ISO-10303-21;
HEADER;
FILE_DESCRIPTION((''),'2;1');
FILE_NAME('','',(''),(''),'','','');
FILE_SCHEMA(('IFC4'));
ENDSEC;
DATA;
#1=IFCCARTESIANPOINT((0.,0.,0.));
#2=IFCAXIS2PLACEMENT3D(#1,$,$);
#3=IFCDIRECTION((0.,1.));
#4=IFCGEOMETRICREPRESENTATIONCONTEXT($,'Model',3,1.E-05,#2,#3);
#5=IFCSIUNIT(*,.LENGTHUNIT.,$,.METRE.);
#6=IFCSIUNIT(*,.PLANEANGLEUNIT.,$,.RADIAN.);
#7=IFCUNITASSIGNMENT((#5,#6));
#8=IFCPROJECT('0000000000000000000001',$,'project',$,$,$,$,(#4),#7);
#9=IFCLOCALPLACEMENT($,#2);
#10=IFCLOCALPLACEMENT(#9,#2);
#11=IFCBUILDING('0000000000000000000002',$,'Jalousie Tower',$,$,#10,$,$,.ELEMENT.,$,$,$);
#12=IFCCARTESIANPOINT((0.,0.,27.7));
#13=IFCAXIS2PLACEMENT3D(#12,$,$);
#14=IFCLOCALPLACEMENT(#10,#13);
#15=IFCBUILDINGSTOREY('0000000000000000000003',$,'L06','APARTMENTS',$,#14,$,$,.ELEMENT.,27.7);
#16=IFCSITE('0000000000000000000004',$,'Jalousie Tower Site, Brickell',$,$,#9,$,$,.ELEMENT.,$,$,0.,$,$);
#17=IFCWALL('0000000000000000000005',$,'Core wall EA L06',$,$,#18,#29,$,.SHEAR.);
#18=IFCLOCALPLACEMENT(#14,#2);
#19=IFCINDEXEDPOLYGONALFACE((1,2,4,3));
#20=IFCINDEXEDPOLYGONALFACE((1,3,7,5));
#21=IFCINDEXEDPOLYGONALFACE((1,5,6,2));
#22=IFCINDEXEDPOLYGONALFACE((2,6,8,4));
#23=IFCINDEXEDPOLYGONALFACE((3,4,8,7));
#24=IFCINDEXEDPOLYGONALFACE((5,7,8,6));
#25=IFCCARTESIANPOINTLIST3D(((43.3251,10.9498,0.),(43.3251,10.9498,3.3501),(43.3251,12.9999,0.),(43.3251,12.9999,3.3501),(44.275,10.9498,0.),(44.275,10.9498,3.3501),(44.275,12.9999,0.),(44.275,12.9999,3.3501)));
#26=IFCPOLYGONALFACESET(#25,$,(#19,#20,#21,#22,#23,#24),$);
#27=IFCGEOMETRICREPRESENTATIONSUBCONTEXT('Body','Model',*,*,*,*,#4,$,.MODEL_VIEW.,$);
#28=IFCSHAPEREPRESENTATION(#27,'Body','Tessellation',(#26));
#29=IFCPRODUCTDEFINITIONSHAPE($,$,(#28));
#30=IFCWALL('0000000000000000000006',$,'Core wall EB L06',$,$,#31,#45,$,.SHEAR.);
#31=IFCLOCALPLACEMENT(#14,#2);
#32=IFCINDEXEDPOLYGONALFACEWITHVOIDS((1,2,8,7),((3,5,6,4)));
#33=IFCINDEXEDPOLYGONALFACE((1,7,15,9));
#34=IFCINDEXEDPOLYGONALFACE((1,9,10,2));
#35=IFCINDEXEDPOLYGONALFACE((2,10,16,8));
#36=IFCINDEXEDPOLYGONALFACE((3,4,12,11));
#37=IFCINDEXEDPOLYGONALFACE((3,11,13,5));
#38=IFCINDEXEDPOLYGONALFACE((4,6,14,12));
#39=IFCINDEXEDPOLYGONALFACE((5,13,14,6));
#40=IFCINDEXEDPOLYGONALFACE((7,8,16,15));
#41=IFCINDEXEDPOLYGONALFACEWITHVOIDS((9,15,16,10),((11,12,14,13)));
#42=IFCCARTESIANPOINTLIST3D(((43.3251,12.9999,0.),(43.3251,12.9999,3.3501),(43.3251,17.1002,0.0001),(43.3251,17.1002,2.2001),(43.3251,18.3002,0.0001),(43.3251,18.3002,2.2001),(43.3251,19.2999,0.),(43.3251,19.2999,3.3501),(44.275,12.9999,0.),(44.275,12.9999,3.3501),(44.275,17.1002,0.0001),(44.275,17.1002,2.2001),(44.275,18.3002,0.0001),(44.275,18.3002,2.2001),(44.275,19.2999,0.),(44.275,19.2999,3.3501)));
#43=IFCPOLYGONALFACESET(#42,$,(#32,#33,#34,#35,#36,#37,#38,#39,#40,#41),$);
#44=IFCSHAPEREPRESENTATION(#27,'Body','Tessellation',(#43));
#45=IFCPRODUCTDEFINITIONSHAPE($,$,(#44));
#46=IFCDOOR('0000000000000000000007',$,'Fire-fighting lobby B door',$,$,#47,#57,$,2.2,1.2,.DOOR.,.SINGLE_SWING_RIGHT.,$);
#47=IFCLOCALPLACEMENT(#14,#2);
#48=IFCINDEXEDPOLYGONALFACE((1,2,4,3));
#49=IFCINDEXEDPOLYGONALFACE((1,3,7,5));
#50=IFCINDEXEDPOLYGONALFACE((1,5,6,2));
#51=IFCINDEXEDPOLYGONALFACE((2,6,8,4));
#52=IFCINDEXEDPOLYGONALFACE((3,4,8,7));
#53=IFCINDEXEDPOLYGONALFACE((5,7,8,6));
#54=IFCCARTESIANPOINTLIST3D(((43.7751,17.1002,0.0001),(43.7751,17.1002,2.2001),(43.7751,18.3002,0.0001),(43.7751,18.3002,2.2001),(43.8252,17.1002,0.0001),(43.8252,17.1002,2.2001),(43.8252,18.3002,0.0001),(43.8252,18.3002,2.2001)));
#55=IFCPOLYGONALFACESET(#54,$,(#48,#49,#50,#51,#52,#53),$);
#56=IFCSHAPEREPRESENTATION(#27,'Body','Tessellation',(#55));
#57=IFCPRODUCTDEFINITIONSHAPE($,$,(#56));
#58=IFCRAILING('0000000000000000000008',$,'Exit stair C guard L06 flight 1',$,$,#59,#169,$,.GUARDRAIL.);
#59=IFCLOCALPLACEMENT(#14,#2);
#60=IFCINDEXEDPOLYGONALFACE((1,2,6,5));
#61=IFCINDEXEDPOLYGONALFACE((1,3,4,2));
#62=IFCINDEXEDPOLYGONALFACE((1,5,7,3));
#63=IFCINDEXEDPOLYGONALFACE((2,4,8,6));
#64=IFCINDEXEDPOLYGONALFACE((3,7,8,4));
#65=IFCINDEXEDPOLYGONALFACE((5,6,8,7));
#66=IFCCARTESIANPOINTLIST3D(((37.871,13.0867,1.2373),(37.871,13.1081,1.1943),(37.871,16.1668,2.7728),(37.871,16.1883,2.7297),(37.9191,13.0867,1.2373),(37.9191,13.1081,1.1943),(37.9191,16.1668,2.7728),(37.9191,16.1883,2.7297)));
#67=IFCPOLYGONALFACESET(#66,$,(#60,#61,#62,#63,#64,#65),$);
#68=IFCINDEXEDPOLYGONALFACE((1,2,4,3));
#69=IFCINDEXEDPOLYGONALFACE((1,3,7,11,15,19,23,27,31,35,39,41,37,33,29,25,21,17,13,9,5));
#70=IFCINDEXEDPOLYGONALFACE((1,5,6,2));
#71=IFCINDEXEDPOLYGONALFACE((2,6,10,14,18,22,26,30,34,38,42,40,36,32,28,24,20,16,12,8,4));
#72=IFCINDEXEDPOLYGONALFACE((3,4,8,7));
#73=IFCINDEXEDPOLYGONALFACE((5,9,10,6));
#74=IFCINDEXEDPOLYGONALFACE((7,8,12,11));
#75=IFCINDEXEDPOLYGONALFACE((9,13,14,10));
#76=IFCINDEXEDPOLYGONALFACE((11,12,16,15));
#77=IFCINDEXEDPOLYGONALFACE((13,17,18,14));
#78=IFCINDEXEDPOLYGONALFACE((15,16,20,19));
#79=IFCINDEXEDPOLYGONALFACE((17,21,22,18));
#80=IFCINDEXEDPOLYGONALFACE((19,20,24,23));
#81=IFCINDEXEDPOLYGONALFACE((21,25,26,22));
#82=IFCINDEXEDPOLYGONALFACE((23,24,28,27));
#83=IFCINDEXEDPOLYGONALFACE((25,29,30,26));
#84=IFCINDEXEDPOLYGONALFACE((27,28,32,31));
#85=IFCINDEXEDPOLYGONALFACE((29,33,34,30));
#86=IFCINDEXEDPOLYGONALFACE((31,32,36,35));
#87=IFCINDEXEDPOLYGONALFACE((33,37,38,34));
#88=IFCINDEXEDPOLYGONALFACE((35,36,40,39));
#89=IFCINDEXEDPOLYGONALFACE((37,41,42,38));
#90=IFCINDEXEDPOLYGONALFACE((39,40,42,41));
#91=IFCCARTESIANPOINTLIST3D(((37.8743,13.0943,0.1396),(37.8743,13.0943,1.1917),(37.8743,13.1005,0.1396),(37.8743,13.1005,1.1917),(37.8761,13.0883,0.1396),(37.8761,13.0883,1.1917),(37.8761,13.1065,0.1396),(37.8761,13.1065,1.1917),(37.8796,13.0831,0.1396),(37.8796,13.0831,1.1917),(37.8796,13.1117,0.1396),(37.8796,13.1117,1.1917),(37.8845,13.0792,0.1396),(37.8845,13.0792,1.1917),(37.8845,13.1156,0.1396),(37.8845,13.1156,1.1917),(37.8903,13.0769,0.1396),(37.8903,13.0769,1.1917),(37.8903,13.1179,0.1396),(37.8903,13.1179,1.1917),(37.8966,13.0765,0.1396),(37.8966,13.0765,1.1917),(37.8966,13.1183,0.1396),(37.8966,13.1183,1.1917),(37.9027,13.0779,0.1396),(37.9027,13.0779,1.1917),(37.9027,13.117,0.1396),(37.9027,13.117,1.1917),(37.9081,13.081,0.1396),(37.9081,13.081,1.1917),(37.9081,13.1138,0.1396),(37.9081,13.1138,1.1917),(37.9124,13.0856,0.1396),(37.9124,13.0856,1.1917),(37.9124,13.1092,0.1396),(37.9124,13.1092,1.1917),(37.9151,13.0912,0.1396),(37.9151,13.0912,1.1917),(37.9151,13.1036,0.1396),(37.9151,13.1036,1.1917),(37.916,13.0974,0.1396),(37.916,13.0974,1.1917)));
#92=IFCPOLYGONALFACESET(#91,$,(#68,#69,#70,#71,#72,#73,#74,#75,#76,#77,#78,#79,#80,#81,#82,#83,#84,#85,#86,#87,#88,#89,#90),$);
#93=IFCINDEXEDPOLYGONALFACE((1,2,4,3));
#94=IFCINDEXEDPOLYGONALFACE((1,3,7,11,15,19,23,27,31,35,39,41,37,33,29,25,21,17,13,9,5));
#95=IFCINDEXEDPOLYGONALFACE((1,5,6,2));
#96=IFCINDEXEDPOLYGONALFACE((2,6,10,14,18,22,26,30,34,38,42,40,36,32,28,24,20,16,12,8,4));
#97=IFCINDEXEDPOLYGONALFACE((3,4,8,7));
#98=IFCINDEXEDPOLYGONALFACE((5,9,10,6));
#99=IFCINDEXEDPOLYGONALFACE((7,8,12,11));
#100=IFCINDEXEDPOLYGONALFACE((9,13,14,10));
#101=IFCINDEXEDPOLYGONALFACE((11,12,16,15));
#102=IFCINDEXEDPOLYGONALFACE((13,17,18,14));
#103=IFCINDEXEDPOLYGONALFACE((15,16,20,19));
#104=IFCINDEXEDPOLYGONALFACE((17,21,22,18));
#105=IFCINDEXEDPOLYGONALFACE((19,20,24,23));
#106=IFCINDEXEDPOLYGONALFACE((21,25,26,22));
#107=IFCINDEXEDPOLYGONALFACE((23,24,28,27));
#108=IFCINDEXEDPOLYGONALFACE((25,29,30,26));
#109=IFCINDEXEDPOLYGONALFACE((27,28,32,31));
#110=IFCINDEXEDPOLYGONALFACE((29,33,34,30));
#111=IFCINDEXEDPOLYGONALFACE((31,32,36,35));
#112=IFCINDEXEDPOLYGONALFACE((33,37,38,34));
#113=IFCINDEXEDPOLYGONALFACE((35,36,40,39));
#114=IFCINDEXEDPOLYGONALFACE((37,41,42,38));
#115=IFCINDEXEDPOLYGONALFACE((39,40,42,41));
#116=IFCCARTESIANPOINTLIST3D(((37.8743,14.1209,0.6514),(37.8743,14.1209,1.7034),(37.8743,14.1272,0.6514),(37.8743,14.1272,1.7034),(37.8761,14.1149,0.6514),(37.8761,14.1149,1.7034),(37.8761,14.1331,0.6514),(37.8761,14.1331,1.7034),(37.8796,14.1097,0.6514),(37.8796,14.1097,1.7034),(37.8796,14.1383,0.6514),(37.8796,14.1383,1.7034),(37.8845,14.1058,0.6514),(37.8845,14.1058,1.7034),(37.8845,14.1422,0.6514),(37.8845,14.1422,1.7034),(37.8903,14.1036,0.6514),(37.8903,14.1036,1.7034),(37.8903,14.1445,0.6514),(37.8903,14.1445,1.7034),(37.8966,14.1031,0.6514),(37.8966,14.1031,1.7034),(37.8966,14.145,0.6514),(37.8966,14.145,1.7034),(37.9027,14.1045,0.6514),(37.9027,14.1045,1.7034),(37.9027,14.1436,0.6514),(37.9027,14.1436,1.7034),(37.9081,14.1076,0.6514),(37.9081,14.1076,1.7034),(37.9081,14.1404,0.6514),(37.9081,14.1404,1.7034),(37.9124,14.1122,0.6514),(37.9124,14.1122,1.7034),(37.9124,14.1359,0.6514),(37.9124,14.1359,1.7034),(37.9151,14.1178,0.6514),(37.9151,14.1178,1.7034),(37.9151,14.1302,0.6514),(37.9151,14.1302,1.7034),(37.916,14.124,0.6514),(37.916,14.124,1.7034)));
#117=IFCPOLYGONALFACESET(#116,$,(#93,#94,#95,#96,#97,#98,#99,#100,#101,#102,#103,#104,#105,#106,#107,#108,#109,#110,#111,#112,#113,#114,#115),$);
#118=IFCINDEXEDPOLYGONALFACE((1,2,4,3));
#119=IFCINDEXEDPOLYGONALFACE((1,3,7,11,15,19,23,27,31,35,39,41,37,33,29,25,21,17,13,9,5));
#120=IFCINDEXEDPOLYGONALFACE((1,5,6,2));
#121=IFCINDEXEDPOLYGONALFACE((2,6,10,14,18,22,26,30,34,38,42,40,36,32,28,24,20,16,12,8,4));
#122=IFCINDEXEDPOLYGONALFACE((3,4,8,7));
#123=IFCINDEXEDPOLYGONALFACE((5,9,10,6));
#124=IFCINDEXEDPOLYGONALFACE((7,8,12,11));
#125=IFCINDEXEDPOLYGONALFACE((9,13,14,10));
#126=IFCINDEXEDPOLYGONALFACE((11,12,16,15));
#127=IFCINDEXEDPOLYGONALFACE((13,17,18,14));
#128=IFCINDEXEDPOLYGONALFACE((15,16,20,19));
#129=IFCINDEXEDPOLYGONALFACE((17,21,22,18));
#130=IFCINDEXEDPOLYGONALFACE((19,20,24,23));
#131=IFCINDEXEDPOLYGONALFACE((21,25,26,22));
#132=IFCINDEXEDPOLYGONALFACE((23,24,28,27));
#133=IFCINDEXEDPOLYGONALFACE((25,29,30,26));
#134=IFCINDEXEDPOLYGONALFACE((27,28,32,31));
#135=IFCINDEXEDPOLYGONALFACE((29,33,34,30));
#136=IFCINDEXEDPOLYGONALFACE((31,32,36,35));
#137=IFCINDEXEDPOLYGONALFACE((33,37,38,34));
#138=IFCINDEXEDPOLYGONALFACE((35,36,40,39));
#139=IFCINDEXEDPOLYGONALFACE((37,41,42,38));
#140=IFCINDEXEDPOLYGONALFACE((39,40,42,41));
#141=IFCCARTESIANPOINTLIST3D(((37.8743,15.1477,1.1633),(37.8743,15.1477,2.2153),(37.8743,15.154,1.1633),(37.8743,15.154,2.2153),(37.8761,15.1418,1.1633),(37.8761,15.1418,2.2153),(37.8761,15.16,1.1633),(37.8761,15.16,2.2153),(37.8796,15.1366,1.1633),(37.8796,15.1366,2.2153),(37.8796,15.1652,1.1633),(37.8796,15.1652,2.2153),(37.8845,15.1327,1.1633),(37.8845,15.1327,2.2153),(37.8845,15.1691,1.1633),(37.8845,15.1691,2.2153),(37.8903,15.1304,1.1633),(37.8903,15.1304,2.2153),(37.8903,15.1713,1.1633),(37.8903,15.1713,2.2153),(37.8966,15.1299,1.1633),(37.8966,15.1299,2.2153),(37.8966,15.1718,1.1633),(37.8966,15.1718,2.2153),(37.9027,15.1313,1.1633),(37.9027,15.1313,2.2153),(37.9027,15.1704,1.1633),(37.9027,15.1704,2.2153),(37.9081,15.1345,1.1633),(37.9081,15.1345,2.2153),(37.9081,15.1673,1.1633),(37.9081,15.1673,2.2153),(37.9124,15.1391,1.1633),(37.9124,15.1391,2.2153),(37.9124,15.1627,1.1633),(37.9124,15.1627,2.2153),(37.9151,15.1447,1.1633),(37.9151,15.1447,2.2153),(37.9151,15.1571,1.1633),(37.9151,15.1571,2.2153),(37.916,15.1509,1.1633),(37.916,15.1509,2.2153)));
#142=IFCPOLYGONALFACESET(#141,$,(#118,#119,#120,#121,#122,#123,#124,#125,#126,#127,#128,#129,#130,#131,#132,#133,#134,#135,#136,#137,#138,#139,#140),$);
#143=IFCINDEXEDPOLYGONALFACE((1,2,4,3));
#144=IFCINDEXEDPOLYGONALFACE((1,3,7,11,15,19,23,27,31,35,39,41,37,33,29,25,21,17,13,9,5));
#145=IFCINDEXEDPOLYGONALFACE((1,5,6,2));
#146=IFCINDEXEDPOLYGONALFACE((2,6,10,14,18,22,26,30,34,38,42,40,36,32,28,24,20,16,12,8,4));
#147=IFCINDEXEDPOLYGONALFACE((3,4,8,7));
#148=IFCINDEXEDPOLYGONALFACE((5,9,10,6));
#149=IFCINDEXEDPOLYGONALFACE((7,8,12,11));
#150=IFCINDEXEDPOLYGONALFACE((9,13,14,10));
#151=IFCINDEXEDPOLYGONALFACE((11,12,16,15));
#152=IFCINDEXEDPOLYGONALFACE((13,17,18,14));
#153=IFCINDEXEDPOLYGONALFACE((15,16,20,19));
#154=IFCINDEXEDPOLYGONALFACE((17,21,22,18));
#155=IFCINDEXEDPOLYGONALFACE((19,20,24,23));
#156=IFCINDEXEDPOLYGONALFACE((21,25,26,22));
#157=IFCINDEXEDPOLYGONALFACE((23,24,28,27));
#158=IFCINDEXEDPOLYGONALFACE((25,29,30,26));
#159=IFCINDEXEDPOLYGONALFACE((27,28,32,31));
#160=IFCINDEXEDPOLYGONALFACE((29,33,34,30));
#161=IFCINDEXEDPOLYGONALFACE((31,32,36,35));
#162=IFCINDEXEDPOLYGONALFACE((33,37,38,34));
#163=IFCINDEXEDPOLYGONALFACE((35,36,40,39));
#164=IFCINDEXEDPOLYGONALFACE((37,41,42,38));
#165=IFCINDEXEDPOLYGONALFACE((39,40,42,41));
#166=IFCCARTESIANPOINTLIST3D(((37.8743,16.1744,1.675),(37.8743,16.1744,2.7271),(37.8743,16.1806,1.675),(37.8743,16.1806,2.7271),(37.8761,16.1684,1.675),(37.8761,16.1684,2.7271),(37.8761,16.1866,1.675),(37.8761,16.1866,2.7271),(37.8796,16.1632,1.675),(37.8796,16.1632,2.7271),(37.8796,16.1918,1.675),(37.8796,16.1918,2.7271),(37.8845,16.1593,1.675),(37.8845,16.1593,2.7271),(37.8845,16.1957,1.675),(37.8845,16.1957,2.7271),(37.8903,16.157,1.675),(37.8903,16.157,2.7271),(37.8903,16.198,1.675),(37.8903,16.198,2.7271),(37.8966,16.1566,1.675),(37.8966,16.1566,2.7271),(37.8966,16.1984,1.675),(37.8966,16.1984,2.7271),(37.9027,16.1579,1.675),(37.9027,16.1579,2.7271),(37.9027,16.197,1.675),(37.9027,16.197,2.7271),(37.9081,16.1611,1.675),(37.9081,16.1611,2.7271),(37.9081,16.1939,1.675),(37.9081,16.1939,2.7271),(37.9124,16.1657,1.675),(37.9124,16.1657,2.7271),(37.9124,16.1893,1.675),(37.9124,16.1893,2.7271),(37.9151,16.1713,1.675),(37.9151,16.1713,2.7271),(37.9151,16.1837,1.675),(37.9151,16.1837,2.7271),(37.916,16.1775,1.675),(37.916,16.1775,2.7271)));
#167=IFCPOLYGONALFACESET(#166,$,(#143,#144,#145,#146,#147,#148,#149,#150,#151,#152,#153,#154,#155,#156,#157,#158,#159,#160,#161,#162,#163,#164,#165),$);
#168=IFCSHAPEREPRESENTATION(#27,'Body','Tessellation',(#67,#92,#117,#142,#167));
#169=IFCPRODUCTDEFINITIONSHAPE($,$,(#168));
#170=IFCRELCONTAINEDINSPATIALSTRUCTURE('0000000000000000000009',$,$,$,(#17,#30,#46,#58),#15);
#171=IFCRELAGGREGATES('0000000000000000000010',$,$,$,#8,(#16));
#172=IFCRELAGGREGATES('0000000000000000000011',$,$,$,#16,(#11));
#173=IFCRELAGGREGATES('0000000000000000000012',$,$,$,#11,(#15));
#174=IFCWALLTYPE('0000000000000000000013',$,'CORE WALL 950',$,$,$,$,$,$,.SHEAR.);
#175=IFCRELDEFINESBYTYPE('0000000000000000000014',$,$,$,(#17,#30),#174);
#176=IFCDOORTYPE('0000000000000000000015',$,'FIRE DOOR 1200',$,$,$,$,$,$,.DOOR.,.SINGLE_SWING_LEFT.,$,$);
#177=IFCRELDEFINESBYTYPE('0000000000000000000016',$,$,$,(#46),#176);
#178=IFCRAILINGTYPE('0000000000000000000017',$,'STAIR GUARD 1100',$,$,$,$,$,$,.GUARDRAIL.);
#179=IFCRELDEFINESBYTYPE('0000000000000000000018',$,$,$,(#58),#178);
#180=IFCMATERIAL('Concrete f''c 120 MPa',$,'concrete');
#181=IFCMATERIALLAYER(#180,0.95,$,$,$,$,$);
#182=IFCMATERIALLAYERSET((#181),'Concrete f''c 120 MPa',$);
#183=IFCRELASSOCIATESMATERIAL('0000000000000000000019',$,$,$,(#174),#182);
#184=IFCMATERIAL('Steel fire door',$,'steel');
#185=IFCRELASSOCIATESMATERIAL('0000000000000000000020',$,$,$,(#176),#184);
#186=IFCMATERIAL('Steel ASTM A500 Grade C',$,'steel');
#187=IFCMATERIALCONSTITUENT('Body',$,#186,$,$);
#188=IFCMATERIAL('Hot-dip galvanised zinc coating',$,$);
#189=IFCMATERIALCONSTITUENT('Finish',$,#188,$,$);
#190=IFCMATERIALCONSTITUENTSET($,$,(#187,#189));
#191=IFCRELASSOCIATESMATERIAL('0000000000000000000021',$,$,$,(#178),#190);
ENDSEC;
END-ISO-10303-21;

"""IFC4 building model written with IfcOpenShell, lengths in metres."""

from ifc_helpers import new_model, si_unit, direction, frame, frame_2d, origin, origin_2d, place, context, subcontext, project, spatial, rectangle, circle, extrude, material, layer, layer_set, constituent, constituent_set, type_object, element, fill, save


model = new_model("IFC4")

# Units and contexts
model_context = context("Model", 3, precision=1e-05, world=origin(), true_north=direction((0.0, 1.0)))
body_context = subcontext(model_context, "Body", "Model", "MODEL_VIEW")
ifc_project = project(units=[si_unit("LENGTHUNIT", "METRE"), si_unit("PLANEANGLEUNIT", "RADIAN")], contexts=[model_context])

# Site, building, storey
site_placement = place(None, origin())
site = spatial("IfcSite", under=ifc_project, at=site_placement, Name="Jalousie Tower Site, Brickell", CompositionType="ELEMENT", RefElevation=0.0)
building_placement = place(site_placement, origin())
building = spatial("IfcBuilding", under=site, at=building_placement, Name="Jalousie Tower", CompositionType="ELEMENT")
storey_placement = place(building_placement, frame((0.0, 0.0, 27.7)))
storey = spatial("IfcBuildingStorey", under=building, at=storey_placement, Name="L06", Description="APARTMENTS", CompositionType="ELEMENT", Elevation=27.7)

# Wall
ifc_material_1 = material(Name="Concrete f'c 120 MPa", Category="concrete")
ifc_layer_1 = layer(ifc_material_1, 0.95)
ifc_layer_set_1 = layer_set([ifc_layer_1], Name="Concrete f'c 120 MPa")
wall_type_1 = type_object("IfcWallType", Name="CORE WALL 950", PredefinedType="SHEAR", material=ifc_layer_set_1)
wall_1_placement = place(storey_placement, frame((43.8, 10.95, 0.0), z_axis=(0.0, 0.0, 1.0), x_axis=(0.0, 1.0, 0.0)))
element("IfcWall", 1, at=wall_1_placement, inside=storey, type_object=wall_type_1, Name="Core wall EA L06", PredefinedType="SHEAR", context=body_context, shape_type="SweptSolid", body=[
    extrude(rectangle(XDim=2.05, YDim=0.95, at=frame_2d((1.0249, 0.0))), origin(), (0.0, 0.0, 1.0), 3.3501),
])

# Wall, opening, door
wall_2_placement = place(storey_placement, frame((43.8, 13.0, 0.0), z_axis=(0.0, 0.0, 1.0), x_axis=(0.0, 1.0, 0.0)))
wall_2 = element("IfcWall", 2, at=wall_2_placement, inside=storey, type_object=wall_type_1, Name="Core wall EB L06", PredefinedType="SHEAR", context=body_context, shape_type="SweptSolid", body=[
    extrude(rectangle(XDim=6.3, YDim=0.95, at=frame_2d((3.1499, 0.0))), origin(), (0.0, 0.0, 1.0), 3.3501),
])
opening_1_placement = place(wall_2_placement, frame((4.1001, 0.0, 0.0)))
opening_1 = element("IfcOpeningElement", 3, at=opening_1_placement, cuts=wall_2, PredefinedType="OPENING", context=body_context, shape_type="SweptSolid", body=[
    extrude(rectangle(XDim=1.2, YDim=2.2, at=frame_2d((0.6001, 1.1001))), frame((0.0, 0.4849, 0.0), z_axis=(0.0, -1.0, 0.0), x_axis=(1.0, 0.0, 0.0)), (0.0, 0.0, 1.0), 0.97),
])
ifc_material_2 = material(Name="Steel fire door", Category="steel")
door_type_1 = type_object("IfcDoorType", Name="FIRE DOOR 1200", OperationType="SINGLE_SWING_LEFT", PredefinedType="DOOR", material=ifc_material_2)
door_1_placement = place(opening_1_placement, origin())
door_1 = element("IfcDoor", 4, at=door_1_placement, inside=storey, type_object=door_type_1, Name="Fire-fighting lobby B door", OperationType="SINGLE_SWING_RIGHT", OverallHeight=2.2, OverallWidth=1.2, PredefinedType="DOOR", context=body_context, shape_type="SweptSolid", body=[
    extrude(rectangle(XDim=1.2, YDim=2.2, at=frame_2d((0.6001, 1.1001))), frame((0.0, 0.0249, 0.0), z_axis=(0.0, -1.0, 0.0), x_axis=(1.0, 0.0, 0.0)), (0.0, 0.0, 1.0), 0.05),
])
fill(opening_1, door_1)

# Railing
ifc_material_3 = material(Name="Steel ASTM A500 Grade C", Category="steel")
ifc_constituent_1 = constituent(ifc_material_3, Name="Body")
ifc_material_4 = material(Name="Hot-dip galvanised zinc coating")
ifc_constituent_2 = constituent(ifc_material_4, Name="Finish")
ifc_constituent_set = constituent_set(constituents=[ifc_constituent_1, ifc_constituent_2])
railing_type = type_object("IfcRailingType", Name="STAIR GUARD 1100", PredefinedType="GUARDRAIL", material=ifc_constituent_set)
railing_1_placement = place(storey_placement, frame((37.895, 13.0974, 0.1396)))
element("IfcRailing", 5, at=railing_1_placement, inside=storey, type_object=railing_type, Name="Exit stair C guard L06 flight 1", PredefinedType="GUARDRAIL", context=body_context, shape_type="SweptSolid", body=[
    extrude(rectangle(XDim=0.0481, YDim=0.0481, at=origin_2d()), frame((0.0, 0.0, 1.0762), z_axis=(0.0, 0.894966, 0.446135), x_axis=(-1.0, 0.0, 0.0)), (0.0, 0.0, 1.0), 3.4417),
    extrude(circle(Radius=0.021, at=origin_2d()), origin(), (0.0, 0.0, 1.0), 1.052),
    extrude(circle(Radius=0.021, at=origin_2d()), frame((0.0, 1.0266, 0.5117)), (0.0, 0.0, 1.0), 1.052),
    extrude(circle(Radius=0.021, at=origin_2d()), frame((0.0, 2.0535, 1.0237)), (0.0, 0.0, 1.0), 1.052),
    extrude(circle(Radius=0.021, at=origin_2d()), frame((0.0, 3.0801, 1.5354)), (0.0, 0.0, 1.0), 1.052),
])

save(model, "model.ifc")
